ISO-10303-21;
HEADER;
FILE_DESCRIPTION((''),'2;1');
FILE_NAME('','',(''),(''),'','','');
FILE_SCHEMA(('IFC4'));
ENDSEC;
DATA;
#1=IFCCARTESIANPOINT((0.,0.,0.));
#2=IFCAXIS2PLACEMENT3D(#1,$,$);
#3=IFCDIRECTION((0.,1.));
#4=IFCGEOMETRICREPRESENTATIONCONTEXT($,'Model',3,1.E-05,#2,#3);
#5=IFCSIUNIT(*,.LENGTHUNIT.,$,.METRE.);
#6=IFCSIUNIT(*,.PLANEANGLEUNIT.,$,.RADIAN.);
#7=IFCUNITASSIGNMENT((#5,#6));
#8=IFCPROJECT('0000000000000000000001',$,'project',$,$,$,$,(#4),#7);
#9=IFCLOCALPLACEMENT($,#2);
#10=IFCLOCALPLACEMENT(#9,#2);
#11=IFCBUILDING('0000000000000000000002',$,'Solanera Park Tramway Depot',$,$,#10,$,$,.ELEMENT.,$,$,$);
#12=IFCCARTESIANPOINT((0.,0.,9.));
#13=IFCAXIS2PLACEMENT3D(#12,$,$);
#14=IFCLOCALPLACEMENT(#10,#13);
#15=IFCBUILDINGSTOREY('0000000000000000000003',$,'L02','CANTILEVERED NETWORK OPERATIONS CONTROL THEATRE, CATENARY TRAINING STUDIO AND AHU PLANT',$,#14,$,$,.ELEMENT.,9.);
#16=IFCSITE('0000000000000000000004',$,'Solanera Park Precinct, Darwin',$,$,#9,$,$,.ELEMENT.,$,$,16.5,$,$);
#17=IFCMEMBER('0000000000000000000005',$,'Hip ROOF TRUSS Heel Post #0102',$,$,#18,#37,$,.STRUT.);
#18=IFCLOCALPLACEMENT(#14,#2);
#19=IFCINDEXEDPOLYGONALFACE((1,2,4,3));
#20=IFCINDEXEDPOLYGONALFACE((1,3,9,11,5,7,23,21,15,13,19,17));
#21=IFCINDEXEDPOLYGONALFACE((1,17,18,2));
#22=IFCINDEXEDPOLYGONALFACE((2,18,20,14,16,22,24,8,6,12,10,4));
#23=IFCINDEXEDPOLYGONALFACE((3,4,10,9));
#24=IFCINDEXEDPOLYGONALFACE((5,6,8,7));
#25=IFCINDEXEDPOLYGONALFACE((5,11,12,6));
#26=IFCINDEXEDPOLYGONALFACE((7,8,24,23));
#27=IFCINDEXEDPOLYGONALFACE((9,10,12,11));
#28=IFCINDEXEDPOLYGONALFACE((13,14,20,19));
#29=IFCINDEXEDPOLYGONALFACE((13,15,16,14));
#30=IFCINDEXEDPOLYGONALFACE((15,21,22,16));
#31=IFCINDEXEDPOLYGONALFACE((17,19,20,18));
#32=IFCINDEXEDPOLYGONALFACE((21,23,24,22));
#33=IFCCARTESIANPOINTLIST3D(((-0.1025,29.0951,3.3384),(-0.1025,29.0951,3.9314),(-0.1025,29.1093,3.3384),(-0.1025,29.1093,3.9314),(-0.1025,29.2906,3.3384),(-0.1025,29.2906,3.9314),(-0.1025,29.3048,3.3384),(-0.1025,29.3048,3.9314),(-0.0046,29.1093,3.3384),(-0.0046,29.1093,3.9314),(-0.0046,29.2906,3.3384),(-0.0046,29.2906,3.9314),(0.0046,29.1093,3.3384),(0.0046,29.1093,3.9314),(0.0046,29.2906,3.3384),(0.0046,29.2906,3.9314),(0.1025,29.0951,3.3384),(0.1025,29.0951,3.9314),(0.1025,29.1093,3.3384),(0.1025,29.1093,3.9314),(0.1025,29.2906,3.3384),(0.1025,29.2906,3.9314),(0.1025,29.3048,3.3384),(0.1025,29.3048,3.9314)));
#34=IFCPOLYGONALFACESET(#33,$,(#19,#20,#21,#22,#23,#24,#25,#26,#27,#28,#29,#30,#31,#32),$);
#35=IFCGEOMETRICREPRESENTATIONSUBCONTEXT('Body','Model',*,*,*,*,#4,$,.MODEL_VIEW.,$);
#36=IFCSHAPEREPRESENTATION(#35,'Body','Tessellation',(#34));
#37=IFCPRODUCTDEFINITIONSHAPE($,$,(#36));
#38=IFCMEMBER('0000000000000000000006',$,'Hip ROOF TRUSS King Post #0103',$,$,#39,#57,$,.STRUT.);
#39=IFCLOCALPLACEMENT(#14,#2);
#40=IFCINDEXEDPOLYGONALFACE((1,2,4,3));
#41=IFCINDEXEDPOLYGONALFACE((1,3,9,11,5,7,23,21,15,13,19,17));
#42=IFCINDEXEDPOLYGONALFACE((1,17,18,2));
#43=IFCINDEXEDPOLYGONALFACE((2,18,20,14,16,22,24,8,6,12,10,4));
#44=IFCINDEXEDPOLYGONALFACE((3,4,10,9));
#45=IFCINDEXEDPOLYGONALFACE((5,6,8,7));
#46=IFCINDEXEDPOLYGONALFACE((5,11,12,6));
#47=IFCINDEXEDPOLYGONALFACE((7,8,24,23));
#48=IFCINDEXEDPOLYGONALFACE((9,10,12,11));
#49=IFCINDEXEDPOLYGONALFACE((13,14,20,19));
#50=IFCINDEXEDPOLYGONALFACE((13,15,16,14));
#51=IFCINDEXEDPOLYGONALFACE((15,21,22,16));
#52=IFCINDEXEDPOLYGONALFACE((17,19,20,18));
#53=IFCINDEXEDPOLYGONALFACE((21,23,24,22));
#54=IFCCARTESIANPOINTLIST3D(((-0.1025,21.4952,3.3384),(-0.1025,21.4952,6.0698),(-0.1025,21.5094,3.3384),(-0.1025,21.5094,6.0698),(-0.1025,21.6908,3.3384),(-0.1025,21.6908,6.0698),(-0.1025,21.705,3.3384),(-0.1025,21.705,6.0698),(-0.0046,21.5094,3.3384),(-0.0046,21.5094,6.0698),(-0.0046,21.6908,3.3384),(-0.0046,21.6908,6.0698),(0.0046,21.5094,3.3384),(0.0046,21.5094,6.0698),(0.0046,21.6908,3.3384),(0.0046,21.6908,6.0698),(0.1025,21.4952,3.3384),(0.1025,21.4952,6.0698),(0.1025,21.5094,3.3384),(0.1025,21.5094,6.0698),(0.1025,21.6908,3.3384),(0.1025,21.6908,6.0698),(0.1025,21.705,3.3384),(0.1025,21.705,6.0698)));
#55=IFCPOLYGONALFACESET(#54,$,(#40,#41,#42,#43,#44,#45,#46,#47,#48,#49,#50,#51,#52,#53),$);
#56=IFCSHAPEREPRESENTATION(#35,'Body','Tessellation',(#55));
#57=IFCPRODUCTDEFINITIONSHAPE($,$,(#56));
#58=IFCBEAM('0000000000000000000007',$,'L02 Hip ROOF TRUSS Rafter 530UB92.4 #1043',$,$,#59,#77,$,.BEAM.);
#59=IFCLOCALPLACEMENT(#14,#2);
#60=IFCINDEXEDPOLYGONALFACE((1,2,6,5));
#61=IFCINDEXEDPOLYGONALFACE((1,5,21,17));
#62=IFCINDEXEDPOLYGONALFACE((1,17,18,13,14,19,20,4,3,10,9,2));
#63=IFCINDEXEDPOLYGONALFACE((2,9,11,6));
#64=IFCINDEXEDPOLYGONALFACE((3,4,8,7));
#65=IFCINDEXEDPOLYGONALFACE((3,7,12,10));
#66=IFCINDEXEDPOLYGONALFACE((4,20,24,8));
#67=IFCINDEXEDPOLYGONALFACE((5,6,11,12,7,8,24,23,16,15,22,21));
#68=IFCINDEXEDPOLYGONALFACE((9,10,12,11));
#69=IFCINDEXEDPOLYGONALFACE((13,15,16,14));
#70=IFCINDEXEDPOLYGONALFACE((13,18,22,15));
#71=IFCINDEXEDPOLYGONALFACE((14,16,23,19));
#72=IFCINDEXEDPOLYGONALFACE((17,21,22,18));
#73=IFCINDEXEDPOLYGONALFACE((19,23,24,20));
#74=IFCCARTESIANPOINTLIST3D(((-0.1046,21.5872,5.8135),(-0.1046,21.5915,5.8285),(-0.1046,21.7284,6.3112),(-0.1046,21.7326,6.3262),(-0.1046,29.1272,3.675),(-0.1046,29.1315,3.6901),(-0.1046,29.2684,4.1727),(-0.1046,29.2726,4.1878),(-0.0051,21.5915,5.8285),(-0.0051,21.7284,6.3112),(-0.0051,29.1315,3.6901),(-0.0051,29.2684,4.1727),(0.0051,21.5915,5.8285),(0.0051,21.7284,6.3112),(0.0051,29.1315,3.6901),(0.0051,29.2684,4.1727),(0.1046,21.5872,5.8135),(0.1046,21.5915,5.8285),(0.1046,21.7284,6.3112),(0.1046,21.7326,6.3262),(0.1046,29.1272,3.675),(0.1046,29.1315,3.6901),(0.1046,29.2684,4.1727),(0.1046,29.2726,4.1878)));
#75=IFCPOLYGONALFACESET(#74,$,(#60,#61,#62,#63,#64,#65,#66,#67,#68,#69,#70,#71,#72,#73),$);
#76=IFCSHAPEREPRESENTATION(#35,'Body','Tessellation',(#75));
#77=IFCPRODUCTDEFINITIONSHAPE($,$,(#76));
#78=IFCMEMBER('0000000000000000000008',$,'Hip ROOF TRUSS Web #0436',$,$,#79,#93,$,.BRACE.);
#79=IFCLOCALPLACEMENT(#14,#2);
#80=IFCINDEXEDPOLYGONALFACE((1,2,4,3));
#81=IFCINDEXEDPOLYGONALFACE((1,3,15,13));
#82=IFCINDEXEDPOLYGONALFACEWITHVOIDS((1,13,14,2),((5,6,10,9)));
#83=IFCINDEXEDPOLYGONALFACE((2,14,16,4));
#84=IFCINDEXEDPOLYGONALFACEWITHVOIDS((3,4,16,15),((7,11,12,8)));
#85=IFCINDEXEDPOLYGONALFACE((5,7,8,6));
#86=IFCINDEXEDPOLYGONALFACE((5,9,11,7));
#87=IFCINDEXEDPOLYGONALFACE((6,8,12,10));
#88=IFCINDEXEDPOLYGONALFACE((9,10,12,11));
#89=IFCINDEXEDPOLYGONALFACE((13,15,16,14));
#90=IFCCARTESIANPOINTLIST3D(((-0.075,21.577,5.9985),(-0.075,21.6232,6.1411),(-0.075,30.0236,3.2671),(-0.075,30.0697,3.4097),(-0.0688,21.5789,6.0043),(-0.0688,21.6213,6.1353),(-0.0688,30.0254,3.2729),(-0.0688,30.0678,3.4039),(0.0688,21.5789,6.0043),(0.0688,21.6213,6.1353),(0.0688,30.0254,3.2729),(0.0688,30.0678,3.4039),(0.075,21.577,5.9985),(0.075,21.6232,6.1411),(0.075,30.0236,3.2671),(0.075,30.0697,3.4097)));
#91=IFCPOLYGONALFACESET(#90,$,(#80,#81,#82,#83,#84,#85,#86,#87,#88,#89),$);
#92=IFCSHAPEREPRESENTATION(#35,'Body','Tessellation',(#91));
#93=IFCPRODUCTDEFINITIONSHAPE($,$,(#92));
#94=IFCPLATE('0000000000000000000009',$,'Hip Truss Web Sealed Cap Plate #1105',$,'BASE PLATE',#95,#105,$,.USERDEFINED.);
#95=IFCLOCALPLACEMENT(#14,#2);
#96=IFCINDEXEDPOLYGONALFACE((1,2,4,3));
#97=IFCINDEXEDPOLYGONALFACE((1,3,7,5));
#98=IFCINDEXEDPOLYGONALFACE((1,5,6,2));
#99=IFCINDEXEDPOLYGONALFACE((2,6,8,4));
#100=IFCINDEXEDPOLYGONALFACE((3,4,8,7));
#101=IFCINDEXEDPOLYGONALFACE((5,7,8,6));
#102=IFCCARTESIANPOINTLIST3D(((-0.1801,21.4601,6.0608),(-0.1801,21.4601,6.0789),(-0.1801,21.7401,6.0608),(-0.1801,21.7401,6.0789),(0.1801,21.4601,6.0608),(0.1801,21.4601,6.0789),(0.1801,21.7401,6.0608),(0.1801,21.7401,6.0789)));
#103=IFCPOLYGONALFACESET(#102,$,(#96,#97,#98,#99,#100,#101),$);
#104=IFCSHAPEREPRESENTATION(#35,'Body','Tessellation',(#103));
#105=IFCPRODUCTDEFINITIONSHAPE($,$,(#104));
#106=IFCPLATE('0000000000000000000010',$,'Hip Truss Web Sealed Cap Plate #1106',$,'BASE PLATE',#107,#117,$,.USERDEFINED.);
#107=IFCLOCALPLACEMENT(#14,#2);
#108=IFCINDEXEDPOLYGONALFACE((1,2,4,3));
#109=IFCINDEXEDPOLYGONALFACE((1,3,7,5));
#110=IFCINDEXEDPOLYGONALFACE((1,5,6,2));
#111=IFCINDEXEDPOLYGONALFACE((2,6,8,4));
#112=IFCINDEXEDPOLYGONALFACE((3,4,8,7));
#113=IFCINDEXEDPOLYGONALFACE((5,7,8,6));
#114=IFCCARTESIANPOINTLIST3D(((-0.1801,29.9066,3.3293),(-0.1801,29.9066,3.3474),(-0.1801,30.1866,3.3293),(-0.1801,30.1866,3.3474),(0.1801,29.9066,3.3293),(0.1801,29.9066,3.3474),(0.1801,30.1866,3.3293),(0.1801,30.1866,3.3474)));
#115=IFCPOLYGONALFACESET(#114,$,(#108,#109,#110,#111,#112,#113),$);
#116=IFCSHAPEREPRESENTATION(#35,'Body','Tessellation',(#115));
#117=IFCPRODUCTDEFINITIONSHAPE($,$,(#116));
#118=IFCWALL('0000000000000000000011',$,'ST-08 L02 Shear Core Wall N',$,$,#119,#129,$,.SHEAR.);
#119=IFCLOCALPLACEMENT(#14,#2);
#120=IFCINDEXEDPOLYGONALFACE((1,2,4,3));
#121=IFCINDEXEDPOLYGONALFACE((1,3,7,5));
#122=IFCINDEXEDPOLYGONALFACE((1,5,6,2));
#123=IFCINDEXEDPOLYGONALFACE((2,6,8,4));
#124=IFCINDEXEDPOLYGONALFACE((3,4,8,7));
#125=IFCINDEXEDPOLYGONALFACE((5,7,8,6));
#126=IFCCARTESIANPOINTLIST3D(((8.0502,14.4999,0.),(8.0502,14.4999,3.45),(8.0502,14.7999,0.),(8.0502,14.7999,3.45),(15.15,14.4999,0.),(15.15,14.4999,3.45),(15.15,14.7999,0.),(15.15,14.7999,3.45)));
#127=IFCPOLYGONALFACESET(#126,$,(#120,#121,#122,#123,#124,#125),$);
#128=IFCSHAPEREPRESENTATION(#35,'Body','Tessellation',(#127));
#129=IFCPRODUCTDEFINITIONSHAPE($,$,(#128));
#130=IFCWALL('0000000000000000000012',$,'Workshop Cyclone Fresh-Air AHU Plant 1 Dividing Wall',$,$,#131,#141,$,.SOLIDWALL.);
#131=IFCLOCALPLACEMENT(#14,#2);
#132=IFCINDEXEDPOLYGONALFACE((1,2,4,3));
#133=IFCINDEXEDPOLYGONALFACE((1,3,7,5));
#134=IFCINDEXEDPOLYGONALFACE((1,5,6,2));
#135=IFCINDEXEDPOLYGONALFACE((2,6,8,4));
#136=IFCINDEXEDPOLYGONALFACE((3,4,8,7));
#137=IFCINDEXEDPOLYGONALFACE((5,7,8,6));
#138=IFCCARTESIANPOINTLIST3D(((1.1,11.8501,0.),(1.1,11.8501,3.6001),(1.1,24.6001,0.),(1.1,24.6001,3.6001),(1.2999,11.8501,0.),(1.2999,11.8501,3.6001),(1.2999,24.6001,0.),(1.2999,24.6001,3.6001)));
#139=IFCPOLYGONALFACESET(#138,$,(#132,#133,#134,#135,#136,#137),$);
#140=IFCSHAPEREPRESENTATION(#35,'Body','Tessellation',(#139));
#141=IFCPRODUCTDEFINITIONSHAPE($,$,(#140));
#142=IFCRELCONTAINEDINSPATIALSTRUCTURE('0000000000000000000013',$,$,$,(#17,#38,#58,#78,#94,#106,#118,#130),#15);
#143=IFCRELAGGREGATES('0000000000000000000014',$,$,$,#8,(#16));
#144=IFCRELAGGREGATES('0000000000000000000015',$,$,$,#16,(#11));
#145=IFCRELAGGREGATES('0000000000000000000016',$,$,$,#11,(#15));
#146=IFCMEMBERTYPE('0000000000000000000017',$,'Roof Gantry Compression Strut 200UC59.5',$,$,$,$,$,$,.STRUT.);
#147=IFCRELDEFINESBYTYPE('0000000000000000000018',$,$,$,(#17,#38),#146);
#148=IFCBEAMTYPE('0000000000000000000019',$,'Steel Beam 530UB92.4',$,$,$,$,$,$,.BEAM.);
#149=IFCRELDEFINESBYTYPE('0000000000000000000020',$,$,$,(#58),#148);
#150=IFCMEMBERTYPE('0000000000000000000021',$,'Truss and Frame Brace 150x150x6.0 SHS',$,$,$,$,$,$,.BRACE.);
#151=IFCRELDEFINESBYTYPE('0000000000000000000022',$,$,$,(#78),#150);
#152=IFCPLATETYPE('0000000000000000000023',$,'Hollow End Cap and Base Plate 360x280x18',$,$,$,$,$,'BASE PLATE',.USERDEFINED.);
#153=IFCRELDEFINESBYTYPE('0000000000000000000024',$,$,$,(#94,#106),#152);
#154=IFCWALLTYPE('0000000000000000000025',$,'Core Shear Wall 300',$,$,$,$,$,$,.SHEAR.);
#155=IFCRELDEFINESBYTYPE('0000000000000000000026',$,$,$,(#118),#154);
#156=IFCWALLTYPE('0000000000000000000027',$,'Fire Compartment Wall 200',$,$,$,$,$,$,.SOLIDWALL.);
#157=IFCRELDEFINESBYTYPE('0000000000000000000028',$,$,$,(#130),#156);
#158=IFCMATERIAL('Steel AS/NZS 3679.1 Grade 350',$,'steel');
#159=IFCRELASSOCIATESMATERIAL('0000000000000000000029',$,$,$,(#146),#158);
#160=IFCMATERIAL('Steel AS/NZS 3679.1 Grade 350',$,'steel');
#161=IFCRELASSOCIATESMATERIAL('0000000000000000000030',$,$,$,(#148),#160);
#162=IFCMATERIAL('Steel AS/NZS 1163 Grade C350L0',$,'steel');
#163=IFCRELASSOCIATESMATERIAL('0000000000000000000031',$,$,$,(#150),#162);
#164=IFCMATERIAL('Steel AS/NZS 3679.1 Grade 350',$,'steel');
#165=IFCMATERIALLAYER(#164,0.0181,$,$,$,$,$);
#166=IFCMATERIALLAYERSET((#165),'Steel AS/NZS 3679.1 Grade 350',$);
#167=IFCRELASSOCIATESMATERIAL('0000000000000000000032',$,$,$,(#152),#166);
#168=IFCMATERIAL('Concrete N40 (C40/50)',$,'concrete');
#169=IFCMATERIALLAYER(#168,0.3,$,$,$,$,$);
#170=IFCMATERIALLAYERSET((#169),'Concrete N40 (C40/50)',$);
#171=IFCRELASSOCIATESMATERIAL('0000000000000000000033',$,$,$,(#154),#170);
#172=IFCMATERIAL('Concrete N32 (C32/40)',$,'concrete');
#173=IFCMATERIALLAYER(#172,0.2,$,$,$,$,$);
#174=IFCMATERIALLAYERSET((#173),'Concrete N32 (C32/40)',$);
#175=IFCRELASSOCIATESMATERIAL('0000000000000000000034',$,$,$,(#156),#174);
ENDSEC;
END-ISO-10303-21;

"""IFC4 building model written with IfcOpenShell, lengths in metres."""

from ifc_helpers import new_model, si_unit, direction, frame, frame_2d, origin, origin_2d, place, context, subcontext, project, spatial, rectangle, hollow_rectangle, i_section, extrude, material, layer, layer_set, material_profile, profile_set, type_object, element, save


model = new_model("IFC4")

# Units and contexts
model_context = context("Model", 3, precision=1e-05, world=origin(), true_north=direction((0.0, 1.0)))
body_context = subcontext(model_context, "Body", "Model", "MODEL_VIEW")
ifc_project = project(units=[si_unit("LENGTHUNIT", "METRE"), si_unit("PLANEANGLEUNIT", "RADIAN")], contexts=[model_context])

# Site, building, storey
site_placement = place(None, origin())
site = spatial("IfcSite", under=ifc_project, at=site_placement, Name="Solanera Park Precinct, Darwin", CompositionType="ELEMENT", RefElevation=16.5)
building_placement = place(site_placement, origin())
building = spatial("IfcBuilding", under=site, at=building_placement, Name="Solanera Park Tramway Depot", CompositionType="ELEMENT")
storey_placement = place(building_placement, frame((0.0, 0.0, 9.0)))
storey = spatial("IfcBuildingStorey", under=building, at=storey_placement, Name="L02", Description="CANTILEVERED NETWORK OPERATIONS CONTROL THEATRE, CATENARY TRAINING STUDIO AND AHU PLANT", CompositionType="ELEMENT", Elevation=9.0)

# Members
ifc_material_1 = material(Name="Steel AS/NZS 3679.1 Grade 350", Category="steel")
ifc_material_profile_1 = material_profile(ifc_material_1, i_section(OverallWidth=0.2051, OverallDepth=0.2097, WebThickness=0.0093, FlangeThickness=0.0142, at=origin_2d()), Name="200UC59.5")
ifc_profile_set_1 = profile_set([ifc_material_profile_1], Name="Steel AS/NZS 3679.1 Grade 350")
member_type_1 = type_object("IfcMemberType", Name="Roof Gantry Compression Strut 200UC59.5", PredefinedType="STRUT", material=ifc_profile_set_1)
member_1_placement = place(storey_placement, frame((0.0, 29.2, 3.3384), z_axis=(0.0, 0.0, 1.0), x_axis=(1.0, 0.0, 0.0)))
element("IfcMember", 1, at=member_1_placement, inside=storey, type_object=member_type_1, Name="Hip ROOF TRUSS Heel Post #0102", PredefinedType="STRUT", context=body_context, shape_type="SweptSolid", body=[
    extrude(i_section(OverallWidth=0.2051, OverallDepth=0.2097, WebThickness=0.0093, FlangeThickness=0.0142, at=origin_2d()), origin(), (0.0, 0.0, 1.0), 0.593),
])
member_2_placement = place(storey_placement, frame((0.0, 21.6001, 3.3384), z_axis=(0.0, 0.0, 1.0), x_axis=(1.0, 0.0, 0.0)))
element("IfcMember", 2, at=member_2_placement, inside=storey, type_object=member_type_1, Name="Hip ROOF TRUSS King Post #0103", PredefinedType="STRUT", context=body_context, shape_type="SweptSolid", body=[
    extrude(i_section(OverallWidth=0.2051, OverallDepth=0.2097, WebThickness=0.0093, FlangeThickness=0.0142, at=origin_2d()), origin(), (0.0, 0.0, 1.0), 2.7314),
])

# Beam
ifc_material_2 = material(Name="Steel AS/NZS 3679.1 Grade 350", Category="steel")
ifc_material_profile_2 = material_profile(ifc_material_2, i_section(OverallWidth=0.2092, OverallDepth=0.533, WebThickness=0.0103, FlangeThickness=0.0156, at=origin_2d()), Name="530UB92.4")
ifc_profile_set_2 = profile_set([ifc_material_profile_2], Name="Steel AS/NZS 3679.1 Grade 350")
beam_type = type_object("IfcBeamType", Name="Steel Beam 530UB92.4", PredefinedType="BEAM", material=ifc_profile_set_2)
beam_placement = place(storey_placement, frame((0.0, 21.6599, 6.0698), z_axis=(0.0, 0.962057, -0.272849), x_axis=(-1.0, 0.0, 0.0)))
element("IfcBeam", 3, at=beam_placement, inside=storey, type_object=beam_type, Name="L02 Hip ROOF TRUSS Rafter 530UB92.4 #1043", PredefinedType="BEAM", context=body_context, shape_type="SweptSolid", body=[
    extrude(i_section(OverallWidth=0.2092, OverallDepth=0.533, WebThickness=0.0103, FlangeThickness=0.0156, at=origin_2d()), origin(), (0.0, 0.0, 1.0), 7.8374),
])

# Member
ifc_material_3 = material(Name="Steel AS/NZS 1163 Grade C350L0", Category="steel")
ifc_material_profile_3 = material_profile(ifc_material_3, hollow_rectangle(XDim=0.1499, YDim=0.1499, WallThickness=0.0061, at=origin_2d()), Name="150x150x6.0 SHS")
ifc_profile_set_3 = profile_set([ifc_material_profile_3], Name="Steel AS/NZS 1163 Grade C350L0")
member_type_2 = type_object("IfcMemberType", Name="Truss and Frame Brace 150x150x6.0 SHS", PredefinedType="BRACE", material=ifc_profile_set_3)
member_3_placement = place(storey_placement, frame((0.0, 30.0466, 3.3384), z_axis=(0.0, -0.951486, 0.307692), x_axis=(1.0, 0.0, 0.0)))
element("IfcMember", 4, at=member_3_placement, inside=storey, type_object=member_type_2, Name="Hip ROOF TRUSS Web #0436", PredefinedType="BRACE", context=body_context, shape_type="SweptSolid", body=[
    extrude(hollow_rectangle(XDim=0.1499, YDim=0.1499, WallThickness=0.0061, at=origin_2d()), origin(), (0.0, 0.0, 1.0), 8.8772),
])

# Plates
ifc_material_4 = material(Name="Steel AS/NZS 3679.1 Grade 350", Category="steel")
ifc_layer_1 = layer(ifc_material_4, 0.0181)
ifc_layer_set_1 = layer_set([ifc_layer_1], Name="Steel AS/NZS 3679.1 Grade 350")
plate_type = type_object("IfcPlateType", Name="Hollow End Cap and Base Plate 360x280x18", ElementType="BASE PLATE", PredefinedType="USERDEFINED", material=ifc_layer_set_1)
for number, where, z_axis, x_axis, name in (
    (5, (0.0, 21.6001, 6.0608), (0.0, 0.0, 1.0), (1.0, 0.0, 0.0), "Hip Truss Web Sealed Cap Plate #1105"),
    (6, (0.0, 30.0466, 3.3293), (0.0, 0.0, 1.0), (1.0, 0.0, 0.0), "Hip Truss Web Sealed Cap Plate #1106"),
):
    element("IfcPlate", number, at=place(storey_placement, frame(where, z_axis=z_axis, x_axis=x_axis)), inside=storey, type_object=plate_type, Name=name, ObjectType="BASE PLATE", PredefinedType="USERDEFINED", context=body_context, shape_type="SweptSolid", body=[
        extrude(rectangle(XDim=0.3601, YDim=0.28, at=origin_2d()), origin(), (0.0, 0.0, 1.0), 0.0181),
    ])

# Wall
ifc_material_5 = material(Name="Concrete N40 (C40/50)", Category="concrete")
ifc_layer_2 = layer(ifc_material_5, 0.3)
ifc_layer_set_2 = layer_set([ifc_layer_2], Name="Concrete N40 (C40/50)")
wall_type_1 = type_object("IfcWallType", Name="Core Shear Wall 300", PredefinedType="SHEAR", material=ifc_layer_set_2)
wall_1_placement = place(storey_placement, frame((15.1499, 14.6499, 0.0), z_axis=(0.0, 0.0, 1.0), x_axis=(-1.0, 0.0, 0.0)))
element("IfcWall", 7, at=wall_1_placement, inside=storey, type_object=wall_type_1, Name="ST-08 L02 Shear Core Wall N", PredefinedType="SHEAR", context=body_context, shape_type="SweptSolid", body=[
    extrude(rectangle(XDim=7.0999, YDim=0.3, at=frame_2d((3.5498, 0.0))), origin(), (0.0, 0.0, 1.0), 3.45),
])

# Wall
ifc_material_6 = material(Name="Concrete N32 (C32/40)", Category="concrete")
ifc_layer_3 = layer(ifc_material_6, 0.2)
ifc_layer_set_3 = layer_set([ifc_layer_3], Name="Concrete N32 (C32/40)")
wall_type_2 = type_object("IfcWallType", Name="Fire Compartment Wall 200", PredefinedType="SOLIDWALL", material=ifc_layer_set_3)
wall_2_placement = place(storey_placement, frame((1.2, 24.6001, 0.0), z_axis=(0.0, 0.0, 1.0), x_axis=(0.0, -1.0, 0.0)))
element("IfcWall", 8, at=wall_2_placement, inside=storey, type_object=wall_type_2, Name="Workshop Cyclone Fresh-Air AHU Plant 1 Dividing Wall", PredefinedType="SOLIDWALL", context=body_context, shape_type="SweptSolid", body=[
    extrude(rectangle(XDim=12.75, YDim=0.2, at=frame_2d((6.375, 0.0))), origin(), (0.0, 0.0, 1.0), 3.6001),
])

save(model, "model.ifc")
